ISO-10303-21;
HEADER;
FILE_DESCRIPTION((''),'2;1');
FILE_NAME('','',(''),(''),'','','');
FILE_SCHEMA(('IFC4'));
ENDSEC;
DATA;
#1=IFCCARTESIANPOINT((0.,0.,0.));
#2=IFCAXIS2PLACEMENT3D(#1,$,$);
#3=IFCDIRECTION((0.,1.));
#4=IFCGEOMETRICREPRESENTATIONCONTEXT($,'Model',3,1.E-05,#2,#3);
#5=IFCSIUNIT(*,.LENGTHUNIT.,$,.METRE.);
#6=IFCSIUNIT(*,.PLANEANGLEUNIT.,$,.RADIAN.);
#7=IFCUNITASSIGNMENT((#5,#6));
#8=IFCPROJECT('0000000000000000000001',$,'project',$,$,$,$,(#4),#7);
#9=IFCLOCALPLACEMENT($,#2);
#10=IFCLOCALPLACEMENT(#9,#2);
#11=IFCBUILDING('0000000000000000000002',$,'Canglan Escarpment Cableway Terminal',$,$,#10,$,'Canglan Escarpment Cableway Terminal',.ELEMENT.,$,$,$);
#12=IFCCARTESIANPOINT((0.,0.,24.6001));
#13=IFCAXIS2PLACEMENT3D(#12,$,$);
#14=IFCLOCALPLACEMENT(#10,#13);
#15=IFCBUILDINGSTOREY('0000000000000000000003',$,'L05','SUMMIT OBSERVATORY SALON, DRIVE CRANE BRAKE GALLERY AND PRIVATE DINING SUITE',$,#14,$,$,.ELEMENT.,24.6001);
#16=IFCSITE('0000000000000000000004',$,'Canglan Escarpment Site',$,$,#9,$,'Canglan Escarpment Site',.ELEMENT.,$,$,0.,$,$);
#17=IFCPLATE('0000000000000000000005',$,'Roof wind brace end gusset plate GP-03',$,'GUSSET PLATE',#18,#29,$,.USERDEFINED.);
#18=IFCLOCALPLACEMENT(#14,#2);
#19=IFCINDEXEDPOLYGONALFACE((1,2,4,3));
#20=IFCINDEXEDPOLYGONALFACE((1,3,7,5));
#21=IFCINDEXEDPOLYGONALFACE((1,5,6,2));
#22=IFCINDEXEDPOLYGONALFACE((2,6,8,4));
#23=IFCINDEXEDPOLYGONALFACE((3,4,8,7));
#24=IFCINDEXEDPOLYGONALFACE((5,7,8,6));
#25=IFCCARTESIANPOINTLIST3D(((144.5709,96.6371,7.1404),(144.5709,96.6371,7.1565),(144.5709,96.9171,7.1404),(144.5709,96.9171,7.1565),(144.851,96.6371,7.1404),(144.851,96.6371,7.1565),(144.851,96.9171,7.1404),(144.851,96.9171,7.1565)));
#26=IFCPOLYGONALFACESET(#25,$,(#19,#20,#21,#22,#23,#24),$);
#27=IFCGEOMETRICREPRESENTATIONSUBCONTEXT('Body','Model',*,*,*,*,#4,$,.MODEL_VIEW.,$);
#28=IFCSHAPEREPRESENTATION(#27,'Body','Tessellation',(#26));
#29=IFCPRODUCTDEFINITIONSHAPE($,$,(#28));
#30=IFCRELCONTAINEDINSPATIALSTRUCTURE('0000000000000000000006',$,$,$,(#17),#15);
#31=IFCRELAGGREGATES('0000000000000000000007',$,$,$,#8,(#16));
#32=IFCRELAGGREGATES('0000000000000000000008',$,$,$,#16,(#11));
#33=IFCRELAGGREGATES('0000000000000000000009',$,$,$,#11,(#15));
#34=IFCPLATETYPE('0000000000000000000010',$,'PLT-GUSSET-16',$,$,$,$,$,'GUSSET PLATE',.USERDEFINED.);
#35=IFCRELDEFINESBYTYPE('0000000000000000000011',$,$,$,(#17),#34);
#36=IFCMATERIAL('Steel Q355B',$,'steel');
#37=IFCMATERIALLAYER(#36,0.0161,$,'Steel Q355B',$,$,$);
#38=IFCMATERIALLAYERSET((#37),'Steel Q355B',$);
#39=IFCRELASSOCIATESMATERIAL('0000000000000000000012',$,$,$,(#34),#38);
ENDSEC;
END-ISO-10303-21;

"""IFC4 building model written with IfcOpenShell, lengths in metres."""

from ifc_helpers import new_model, si_unit, direction, frame, origin, origin_2d, place, context, subcontext, project, spatial, rectangle, extrude, material, layer, layer_set, type_object, element, save


model = new_model("IFC4")

# Units and contexts
model_context = context("Model", 3, precision=1e-05, world=origin(), true_north=direction((0.0, 1.0)))
body_context = subcontext(model_context, "Body", "Model", "MODEL_VIEW")
ifc_project = project(units=[si_unit("LENGTHUNIT", "METRE"), si_unit("PLANEANGLEUNIT", "RADIAN")], contexts=[model_context])

# Site, building, storey
site_placement = place(None, origin())
site = spatial("IfcSite", under=ifc_project, at=site_placement, Name="Canglan Escarpment Site", LongName="Canglan Escarpment Site", CompositionType="ELEMENT", RefElevation=0.0)
building_placement = place(site_placement, origin())
building = spatial("IfcBuilding", under=site, at=building_placement, Name="Canglan Escarpment Cableway Terminal", LongName="Canglan Escarpment Cableway Terminal", CompositionType="ELEMENT")
storey_placement = place(building_placement, frame((0.0, 0.0, 24.6001)))
storey = spatial("IfcBuildingStorey", under=building, at=storey_placement, Name="L05", Description="SUMMIT OBSERVATORY SALON, DRIVE CRANE BRAKE GALLERY AND PRIVATE DINING SUITE", CompositionType="ELEMENT", Elevation=24.6001)

# Shared definitions
ifc_material_1 = material(Name="Steel Q355B", Category="steel")

# Plate
ifc_layer_1 = layer(ifc_material_1, 0.0161, Name="Steel Q355B")
ifc_layer_set_1 = layer_set([ifc_layer_1], Name="Steel Q355B")
plate_type_1 = type_object("IfcPlateType", Name="PLT-GUSSET-16", ElementType="GUSSET PLATE", PredefinedType="USERDEFINED", material=ifc_layer_set_1)
plate_1_placement = place(storey_placement, frame((144.7109, 96.7771, 7.1404), z_axis=(0.0, 0.0, 1.0), x_axis=(1.0, 0.0, 0.0)))
element("IfcPlate", 1, at=plate_1_placement, inside=storey, type_object=plate_type_1, Name="Roof wind brace end gusset plate GP-03", ObjectType="GUSSET PLATE", PredefinedType="USERDEFINED", context=body_context, shape_type="SweptSolid", body=[
    extrude(rectangle(XDim=0.28, YDim=0.28, at=origin_2d()), origin(), (0.0, 0.0, 1.0), 0.0161),
])

save(model, "model.ifc")
